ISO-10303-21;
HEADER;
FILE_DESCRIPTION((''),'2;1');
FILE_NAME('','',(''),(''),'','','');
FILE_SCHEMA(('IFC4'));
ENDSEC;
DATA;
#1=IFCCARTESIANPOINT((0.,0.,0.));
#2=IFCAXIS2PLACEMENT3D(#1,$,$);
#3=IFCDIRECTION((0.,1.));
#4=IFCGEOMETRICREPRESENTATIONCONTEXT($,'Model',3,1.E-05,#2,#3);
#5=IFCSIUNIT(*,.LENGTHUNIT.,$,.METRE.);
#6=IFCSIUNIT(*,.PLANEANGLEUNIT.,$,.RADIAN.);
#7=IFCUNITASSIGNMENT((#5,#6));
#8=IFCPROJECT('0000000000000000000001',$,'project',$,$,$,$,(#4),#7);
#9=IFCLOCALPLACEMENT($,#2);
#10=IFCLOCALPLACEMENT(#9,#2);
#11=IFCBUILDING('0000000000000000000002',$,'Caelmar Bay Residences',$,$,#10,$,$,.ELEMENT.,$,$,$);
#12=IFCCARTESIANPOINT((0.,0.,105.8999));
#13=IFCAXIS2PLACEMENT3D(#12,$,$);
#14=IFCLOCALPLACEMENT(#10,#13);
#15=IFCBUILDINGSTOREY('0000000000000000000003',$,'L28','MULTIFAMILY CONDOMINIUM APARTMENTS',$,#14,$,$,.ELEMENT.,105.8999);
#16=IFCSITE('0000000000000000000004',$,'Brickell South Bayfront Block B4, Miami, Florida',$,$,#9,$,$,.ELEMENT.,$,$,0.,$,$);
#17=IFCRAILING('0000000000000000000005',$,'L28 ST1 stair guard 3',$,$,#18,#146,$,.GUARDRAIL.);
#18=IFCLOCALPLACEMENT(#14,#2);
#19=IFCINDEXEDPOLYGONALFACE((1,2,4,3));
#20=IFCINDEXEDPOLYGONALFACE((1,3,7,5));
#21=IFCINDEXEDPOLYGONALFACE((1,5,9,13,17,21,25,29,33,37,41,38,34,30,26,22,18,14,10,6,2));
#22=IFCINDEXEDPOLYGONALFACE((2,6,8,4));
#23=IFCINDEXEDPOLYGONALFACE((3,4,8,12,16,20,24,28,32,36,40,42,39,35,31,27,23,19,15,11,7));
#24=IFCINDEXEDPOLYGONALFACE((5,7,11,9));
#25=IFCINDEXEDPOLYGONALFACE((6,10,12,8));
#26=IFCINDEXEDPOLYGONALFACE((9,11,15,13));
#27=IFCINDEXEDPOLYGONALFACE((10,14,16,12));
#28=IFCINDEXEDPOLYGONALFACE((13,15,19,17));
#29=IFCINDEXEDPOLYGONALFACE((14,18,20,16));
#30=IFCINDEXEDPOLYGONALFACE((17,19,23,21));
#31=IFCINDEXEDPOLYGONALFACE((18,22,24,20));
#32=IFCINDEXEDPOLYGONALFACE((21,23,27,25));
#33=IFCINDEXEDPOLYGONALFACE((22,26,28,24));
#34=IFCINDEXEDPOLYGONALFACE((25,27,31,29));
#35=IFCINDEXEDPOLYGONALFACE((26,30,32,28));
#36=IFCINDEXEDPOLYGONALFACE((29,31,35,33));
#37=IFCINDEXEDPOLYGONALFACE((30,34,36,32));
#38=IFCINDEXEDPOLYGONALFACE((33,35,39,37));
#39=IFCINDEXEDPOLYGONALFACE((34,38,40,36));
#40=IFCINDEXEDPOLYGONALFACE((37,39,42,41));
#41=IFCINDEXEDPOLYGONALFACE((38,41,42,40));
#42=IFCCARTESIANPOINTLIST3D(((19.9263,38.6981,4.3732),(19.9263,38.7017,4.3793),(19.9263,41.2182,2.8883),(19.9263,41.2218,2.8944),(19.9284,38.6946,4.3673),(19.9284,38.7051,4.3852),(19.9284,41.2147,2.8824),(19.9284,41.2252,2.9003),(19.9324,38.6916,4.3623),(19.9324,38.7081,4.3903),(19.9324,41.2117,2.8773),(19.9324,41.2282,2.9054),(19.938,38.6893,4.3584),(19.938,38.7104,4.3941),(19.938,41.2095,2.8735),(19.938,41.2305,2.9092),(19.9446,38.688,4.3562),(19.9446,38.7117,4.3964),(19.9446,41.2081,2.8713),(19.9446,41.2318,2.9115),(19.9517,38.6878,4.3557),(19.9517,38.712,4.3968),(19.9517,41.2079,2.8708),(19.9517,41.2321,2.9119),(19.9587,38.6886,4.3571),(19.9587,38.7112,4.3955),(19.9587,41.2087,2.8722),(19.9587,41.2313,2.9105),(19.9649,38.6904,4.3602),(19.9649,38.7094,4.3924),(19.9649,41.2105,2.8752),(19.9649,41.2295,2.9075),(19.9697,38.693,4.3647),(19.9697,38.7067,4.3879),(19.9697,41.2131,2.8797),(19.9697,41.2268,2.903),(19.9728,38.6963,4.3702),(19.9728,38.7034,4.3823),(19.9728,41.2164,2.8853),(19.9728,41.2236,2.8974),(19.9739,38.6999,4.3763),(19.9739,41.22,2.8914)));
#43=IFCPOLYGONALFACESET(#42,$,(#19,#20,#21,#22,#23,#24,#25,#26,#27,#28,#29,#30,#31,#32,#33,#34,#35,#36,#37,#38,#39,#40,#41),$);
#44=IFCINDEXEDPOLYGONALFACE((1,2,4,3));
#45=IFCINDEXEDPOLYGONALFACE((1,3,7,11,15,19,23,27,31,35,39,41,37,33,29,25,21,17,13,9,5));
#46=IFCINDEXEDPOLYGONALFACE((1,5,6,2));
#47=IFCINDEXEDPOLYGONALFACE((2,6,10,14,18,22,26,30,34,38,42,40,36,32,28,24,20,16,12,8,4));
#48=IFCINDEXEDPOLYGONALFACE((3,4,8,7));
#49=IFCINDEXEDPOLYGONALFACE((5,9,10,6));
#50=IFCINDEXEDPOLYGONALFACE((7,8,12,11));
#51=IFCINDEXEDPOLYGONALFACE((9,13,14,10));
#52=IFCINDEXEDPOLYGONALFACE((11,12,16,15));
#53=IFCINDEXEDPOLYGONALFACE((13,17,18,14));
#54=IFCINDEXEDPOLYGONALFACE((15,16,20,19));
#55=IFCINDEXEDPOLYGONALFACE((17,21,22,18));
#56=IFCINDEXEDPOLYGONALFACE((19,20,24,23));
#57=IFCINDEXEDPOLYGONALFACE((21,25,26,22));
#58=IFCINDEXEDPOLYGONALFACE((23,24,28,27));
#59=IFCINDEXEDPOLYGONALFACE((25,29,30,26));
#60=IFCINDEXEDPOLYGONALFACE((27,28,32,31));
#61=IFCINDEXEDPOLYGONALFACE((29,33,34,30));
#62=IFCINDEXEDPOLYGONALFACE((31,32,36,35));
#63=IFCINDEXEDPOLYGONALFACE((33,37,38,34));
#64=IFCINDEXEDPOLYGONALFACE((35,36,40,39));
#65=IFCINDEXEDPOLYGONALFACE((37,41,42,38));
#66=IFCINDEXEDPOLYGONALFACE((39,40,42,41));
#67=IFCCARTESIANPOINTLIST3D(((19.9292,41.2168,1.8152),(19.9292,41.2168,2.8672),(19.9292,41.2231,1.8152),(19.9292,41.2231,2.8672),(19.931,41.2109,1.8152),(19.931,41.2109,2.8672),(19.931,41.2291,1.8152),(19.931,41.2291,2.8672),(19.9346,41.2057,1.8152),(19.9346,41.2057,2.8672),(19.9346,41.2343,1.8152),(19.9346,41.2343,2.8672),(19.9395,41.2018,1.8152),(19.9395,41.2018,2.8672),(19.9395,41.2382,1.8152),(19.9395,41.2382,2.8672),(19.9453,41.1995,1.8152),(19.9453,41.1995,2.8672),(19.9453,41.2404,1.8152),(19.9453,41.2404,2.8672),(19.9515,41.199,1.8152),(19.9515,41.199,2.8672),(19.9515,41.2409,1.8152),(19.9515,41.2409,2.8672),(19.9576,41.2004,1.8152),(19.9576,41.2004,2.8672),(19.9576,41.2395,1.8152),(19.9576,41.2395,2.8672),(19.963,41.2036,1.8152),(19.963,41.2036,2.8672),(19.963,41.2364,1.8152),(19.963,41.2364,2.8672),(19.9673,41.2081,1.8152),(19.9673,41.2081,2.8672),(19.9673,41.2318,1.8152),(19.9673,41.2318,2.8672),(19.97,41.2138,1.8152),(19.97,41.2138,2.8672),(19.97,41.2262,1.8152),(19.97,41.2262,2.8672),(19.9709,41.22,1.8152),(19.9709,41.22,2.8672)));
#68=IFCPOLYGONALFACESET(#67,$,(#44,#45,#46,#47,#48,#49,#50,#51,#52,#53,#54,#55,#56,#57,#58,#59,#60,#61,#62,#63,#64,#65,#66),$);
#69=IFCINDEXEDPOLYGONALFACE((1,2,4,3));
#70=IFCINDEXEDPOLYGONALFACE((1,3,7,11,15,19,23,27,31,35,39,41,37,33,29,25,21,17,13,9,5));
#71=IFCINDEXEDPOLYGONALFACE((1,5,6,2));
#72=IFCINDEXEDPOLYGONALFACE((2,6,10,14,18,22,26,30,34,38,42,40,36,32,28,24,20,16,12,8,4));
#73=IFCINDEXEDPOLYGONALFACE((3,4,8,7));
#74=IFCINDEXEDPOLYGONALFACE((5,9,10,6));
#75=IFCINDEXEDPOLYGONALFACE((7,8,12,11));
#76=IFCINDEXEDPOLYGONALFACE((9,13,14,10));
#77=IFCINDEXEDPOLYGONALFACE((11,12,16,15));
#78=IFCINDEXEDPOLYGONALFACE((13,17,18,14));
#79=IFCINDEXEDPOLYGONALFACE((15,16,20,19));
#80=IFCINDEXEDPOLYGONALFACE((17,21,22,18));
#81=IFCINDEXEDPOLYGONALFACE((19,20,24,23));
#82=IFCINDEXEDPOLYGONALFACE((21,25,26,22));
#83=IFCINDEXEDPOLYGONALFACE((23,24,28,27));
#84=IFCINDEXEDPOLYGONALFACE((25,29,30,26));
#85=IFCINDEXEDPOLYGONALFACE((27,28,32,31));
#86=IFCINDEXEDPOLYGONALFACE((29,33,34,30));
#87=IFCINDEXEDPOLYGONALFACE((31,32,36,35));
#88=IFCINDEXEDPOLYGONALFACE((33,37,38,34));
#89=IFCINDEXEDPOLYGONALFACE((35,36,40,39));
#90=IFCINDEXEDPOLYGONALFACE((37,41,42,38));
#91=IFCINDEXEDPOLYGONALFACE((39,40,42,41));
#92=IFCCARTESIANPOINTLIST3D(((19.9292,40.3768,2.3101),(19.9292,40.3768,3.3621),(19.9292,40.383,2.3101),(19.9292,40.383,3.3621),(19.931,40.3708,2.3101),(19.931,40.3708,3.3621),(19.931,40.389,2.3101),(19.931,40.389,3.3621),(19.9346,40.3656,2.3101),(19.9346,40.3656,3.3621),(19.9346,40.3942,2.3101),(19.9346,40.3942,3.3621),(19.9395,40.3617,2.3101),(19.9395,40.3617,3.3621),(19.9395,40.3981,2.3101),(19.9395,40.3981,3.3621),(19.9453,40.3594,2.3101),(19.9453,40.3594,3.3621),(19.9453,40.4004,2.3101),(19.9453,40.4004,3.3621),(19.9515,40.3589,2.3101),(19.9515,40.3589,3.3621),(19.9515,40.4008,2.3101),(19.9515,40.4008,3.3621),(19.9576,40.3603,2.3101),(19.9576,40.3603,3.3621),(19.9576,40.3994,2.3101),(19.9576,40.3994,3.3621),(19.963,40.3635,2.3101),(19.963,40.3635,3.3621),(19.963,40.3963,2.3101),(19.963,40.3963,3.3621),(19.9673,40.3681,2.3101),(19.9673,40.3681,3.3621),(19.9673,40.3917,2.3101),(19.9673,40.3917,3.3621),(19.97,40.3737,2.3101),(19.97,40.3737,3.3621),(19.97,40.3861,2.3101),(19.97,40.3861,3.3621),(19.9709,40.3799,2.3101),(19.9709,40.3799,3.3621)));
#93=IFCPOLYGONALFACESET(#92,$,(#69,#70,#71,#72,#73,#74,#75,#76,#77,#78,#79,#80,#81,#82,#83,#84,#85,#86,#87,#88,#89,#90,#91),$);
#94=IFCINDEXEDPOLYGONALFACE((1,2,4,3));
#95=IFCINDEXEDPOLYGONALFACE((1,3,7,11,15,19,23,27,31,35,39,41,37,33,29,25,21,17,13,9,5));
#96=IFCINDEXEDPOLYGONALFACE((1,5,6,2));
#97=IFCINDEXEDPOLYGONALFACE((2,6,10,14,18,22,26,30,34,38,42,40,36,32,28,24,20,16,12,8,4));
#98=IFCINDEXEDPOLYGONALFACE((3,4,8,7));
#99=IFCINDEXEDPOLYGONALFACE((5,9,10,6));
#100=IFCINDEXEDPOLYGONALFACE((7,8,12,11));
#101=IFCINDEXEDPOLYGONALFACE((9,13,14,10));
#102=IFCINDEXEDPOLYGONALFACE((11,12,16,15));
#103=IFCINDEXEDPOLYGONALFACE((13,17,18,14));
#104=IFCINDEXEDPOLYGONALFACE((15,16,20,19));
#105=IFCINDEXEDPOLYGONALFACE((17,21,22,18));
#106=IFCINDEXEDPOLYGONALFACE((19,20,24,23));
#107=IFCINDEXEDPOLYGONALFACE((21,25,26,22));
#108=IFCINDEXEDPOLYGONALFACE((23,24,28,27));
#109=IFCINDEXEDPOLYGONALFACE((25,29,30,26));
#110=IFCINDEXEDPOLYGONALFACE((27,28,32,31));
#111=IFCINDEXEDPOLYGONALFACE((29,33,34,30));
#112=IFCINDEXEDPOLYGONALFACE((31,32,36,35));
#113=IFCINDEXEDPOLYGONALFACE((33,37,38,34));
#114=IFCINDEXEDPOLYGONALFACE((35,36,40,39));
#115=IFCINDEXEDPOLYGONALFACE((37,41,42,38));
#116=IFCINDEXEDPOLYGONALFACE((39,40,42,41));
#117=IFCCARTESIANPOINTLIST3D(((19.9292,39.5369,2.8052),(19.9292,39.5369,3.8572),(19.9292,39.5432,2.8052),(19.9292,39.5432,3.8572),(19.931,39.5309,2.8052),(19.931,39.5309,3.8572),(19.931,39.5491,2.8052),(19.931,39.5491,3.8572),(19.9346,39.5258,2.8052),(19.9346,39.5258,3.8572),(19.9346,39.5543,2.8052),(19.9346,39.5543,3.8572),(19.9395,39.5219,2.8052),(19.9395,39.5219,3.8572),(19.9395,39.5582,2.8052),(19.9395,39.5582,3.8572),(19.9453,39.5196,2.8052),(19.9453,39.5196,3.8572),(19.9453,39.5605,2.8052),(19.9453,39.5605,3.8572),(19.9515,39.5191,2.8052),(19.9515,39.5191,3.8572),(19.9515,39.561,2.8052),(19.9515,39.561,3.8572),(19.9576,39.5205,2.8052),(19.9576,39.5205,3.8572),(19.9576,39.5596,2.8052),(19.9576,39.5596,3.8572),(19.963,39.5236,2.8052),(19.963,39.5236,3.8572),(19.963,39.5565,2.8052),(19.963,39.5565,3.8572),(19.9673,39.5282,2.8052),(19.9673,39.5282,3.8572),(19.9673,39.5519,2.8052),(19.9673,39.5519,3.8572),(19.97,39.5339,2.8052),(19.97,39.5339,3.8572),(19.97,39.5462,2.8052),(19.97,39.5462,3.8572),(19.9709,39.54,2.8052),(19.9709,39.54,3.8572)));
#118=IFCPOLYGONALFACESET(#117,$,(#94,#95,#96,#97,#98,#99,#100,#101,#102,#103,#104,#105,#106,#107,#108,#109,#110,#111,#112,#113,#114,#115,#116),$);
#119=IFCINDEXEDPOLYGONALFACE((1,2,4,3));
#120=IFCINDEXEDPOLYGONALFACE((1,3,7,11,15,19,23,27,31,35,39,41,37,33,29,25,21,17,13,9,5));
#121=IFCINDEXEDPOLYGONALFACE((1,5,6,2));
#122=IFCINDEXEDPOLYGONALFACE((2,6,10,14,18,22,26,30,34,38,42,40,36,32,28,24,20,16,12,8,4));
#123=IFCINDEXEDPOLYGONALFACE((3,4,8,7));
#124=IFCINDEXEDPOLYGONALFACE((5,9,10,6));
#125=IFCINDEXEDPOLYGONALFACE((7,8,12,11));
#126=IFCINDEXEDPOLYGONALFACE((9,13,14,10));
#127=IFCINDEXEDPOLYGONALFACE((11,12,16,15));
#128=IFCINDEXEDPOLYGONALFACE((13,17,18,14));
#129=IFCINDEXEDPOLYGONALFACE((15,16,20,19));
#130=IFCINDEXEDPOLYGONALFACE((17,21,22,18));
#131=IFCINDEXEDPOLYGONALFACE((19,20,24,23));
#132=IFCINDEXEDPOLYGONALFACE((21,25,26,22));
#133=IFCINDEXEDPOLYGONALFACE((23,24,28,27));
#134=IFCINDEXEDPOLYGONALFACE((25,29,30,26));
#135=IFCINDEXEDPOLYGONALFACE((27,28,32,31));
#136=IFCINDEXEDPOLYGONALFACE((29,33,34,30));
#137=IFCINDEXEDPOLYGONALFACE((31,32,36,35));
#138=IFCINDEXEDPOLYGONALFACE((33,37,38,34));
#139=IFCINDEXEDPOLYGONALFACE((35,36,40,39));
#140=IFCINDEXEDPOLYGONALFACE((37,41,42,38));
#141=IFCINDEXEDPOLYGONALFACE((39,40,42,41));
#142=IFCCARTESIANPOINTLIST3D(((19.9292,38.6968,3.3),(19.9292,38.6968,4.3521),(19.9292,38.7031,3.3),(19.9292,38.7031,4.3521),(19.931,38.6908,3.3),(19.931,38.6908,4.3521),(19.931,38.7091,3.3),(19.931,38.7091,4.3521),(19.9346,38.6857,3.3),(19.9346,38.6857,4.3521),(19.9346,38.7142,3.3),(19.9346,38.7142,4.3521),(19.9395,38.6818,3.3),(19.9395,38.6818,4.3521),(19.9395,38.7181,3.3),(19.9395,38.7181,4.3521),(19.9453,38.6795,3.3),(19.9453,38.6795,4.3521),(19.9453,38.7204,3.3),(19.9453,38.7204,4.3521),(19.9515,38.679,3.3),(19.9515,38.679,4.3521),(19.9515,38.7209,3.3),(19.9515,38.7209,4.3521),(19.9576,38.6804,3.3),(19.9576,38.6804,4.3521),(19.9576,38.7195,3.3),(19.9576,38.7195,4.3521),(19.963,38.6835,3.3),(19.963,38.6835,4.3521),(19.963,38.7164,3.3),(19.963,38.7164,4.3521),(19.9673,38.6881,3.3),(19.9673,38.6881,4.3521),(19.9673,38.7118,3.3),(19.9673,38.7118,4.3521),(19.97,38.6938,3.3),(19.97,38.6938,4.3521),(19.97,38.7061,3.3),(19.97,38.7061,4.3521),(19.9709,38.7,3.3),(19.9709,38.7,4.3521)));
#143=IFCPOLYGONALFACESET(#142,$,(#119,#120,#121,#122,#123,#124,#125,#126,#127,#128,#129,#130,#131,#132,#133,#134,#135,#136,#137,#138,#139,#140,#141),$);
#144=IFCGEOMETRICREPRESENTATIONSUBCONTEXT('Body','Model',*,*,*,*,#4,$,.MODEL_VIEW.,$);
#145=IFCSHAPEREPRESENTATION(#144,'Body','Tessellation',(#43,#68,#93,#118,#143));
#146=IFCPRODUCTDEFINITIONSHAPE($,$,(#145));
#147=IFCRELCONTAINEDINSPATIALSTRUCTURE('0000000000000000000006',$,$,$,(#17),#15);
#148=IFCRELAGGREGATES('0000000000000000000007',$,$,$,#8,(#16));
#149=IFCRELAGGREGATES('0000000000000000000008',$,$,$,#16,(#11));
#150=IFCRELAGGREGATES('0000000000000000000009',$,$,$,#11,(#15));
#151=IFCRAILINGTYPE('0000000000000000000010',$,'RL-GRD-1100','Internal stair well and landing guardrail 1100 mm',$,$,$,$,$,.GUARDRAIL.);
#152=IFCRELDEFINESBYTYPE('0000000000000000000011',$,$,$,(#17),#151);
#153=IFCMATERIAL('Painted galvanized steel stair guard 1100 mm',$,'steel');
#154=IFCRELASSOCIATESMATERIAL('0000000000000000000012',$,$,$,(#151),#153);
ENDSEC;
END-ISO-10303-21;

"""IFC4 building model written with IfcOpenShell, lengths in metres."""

from ifc_helpers import new_model, si_unit, direction, frame, origin, origin_2d, place, context, subcontext, project, spatial, circle, extrude, material, type_object, element, save


model = new_model("IFC4")

# Units and contexts
model_context = context("Model", 3, precision=1e-05, world=origin(), true_north=direction((0.0, 1.0)))
body_context = subcontext(model_context, "Body", "Model", "MODEL_VIEW")
ifc_project = project(units=[si_unit("LENGTHUNIT", "METRE"), si_unit("PLANEANGLEUNIT", "RADIAN")], contexts=[model_context])

# Site, building, storey
site_placement = place(None, origin())
site = spatial("IfcSite", under=ifc_project, at=site_placement, Name="Brickell South Bayfront Block B4, Miami, Florida", CompositionType="ELEMENT", RefElevation=0.0)
building_placement = place(site_placement, origin())
building = spatial("IfcBuilding", under=site, at=building_placement, Name="Caelmar Bay Residences", CompositionType="ELEMENT")
storey_placement = place(building_placement, frame((0.0, 0.0, 105.8999)))
storey = spatial("IfcBuildingStorey", under=building, at=storey_placement, Name="L28", Description="MULTIFAMILY CONDOMINIUM APARTMENTS", CompositionType="ELEMENT", Elevation=105.8999)

# Railing
ifc_material_1 = material(Name="Painted galvanized steel stair guard 1100 mm", Category="steel")
railing_type_1 = type_object("IfcRailingType", Name="RL-GRD-1100", Description="Internal stair well and landing guardrail 1100 mm", PredefinedType="GUARDRAIL", material=ifc_material_1)
railing_1_placement = place(storey_placement, frame((19.95, 41.22, 1.8152)))
element("IfcRailing", 1, at=railing_1_placement, inside=storey, type_object=railing_type_1, Name="L28 ST1 stair guard 3", PredefinedType="GUARDRAIL", context=body_context, shape_type="SweptSolid", body=[
    extrude(circle(Radius=0.0239, at=origin_2d()), frame((0.0, 0.0, 1.0762), z_axis=(0.0, -0.861561, 0.507655), x_axis=(1.0, 0.0, 0.0)), (0.0, 0.0, 1.0), 2.925),
    extrude(circle(Radius=0.021, at=origin_2d()), origin(), (0.0, 0.0, 1.0), 1.052),
    extrude(circle(Radius=0.021, at=origin_2d()), frame((0.0, -0.8401, 0.4949)), (0.0, 0.0, 1.0), 1.052),
    extrude(circle(Radius=0.021, at=origin_2d()), frame((0.0, -1.6799, 0.99)), (0.0, 0.0, 1.0), 1.052),
    extrude(circle(Radius=0.021, at=origin_2d()), frame((0.0, -2.52, 1.4849)), (0.0, 0.0, 1.0), 1.052),
])

save(model, "model.ifc")
